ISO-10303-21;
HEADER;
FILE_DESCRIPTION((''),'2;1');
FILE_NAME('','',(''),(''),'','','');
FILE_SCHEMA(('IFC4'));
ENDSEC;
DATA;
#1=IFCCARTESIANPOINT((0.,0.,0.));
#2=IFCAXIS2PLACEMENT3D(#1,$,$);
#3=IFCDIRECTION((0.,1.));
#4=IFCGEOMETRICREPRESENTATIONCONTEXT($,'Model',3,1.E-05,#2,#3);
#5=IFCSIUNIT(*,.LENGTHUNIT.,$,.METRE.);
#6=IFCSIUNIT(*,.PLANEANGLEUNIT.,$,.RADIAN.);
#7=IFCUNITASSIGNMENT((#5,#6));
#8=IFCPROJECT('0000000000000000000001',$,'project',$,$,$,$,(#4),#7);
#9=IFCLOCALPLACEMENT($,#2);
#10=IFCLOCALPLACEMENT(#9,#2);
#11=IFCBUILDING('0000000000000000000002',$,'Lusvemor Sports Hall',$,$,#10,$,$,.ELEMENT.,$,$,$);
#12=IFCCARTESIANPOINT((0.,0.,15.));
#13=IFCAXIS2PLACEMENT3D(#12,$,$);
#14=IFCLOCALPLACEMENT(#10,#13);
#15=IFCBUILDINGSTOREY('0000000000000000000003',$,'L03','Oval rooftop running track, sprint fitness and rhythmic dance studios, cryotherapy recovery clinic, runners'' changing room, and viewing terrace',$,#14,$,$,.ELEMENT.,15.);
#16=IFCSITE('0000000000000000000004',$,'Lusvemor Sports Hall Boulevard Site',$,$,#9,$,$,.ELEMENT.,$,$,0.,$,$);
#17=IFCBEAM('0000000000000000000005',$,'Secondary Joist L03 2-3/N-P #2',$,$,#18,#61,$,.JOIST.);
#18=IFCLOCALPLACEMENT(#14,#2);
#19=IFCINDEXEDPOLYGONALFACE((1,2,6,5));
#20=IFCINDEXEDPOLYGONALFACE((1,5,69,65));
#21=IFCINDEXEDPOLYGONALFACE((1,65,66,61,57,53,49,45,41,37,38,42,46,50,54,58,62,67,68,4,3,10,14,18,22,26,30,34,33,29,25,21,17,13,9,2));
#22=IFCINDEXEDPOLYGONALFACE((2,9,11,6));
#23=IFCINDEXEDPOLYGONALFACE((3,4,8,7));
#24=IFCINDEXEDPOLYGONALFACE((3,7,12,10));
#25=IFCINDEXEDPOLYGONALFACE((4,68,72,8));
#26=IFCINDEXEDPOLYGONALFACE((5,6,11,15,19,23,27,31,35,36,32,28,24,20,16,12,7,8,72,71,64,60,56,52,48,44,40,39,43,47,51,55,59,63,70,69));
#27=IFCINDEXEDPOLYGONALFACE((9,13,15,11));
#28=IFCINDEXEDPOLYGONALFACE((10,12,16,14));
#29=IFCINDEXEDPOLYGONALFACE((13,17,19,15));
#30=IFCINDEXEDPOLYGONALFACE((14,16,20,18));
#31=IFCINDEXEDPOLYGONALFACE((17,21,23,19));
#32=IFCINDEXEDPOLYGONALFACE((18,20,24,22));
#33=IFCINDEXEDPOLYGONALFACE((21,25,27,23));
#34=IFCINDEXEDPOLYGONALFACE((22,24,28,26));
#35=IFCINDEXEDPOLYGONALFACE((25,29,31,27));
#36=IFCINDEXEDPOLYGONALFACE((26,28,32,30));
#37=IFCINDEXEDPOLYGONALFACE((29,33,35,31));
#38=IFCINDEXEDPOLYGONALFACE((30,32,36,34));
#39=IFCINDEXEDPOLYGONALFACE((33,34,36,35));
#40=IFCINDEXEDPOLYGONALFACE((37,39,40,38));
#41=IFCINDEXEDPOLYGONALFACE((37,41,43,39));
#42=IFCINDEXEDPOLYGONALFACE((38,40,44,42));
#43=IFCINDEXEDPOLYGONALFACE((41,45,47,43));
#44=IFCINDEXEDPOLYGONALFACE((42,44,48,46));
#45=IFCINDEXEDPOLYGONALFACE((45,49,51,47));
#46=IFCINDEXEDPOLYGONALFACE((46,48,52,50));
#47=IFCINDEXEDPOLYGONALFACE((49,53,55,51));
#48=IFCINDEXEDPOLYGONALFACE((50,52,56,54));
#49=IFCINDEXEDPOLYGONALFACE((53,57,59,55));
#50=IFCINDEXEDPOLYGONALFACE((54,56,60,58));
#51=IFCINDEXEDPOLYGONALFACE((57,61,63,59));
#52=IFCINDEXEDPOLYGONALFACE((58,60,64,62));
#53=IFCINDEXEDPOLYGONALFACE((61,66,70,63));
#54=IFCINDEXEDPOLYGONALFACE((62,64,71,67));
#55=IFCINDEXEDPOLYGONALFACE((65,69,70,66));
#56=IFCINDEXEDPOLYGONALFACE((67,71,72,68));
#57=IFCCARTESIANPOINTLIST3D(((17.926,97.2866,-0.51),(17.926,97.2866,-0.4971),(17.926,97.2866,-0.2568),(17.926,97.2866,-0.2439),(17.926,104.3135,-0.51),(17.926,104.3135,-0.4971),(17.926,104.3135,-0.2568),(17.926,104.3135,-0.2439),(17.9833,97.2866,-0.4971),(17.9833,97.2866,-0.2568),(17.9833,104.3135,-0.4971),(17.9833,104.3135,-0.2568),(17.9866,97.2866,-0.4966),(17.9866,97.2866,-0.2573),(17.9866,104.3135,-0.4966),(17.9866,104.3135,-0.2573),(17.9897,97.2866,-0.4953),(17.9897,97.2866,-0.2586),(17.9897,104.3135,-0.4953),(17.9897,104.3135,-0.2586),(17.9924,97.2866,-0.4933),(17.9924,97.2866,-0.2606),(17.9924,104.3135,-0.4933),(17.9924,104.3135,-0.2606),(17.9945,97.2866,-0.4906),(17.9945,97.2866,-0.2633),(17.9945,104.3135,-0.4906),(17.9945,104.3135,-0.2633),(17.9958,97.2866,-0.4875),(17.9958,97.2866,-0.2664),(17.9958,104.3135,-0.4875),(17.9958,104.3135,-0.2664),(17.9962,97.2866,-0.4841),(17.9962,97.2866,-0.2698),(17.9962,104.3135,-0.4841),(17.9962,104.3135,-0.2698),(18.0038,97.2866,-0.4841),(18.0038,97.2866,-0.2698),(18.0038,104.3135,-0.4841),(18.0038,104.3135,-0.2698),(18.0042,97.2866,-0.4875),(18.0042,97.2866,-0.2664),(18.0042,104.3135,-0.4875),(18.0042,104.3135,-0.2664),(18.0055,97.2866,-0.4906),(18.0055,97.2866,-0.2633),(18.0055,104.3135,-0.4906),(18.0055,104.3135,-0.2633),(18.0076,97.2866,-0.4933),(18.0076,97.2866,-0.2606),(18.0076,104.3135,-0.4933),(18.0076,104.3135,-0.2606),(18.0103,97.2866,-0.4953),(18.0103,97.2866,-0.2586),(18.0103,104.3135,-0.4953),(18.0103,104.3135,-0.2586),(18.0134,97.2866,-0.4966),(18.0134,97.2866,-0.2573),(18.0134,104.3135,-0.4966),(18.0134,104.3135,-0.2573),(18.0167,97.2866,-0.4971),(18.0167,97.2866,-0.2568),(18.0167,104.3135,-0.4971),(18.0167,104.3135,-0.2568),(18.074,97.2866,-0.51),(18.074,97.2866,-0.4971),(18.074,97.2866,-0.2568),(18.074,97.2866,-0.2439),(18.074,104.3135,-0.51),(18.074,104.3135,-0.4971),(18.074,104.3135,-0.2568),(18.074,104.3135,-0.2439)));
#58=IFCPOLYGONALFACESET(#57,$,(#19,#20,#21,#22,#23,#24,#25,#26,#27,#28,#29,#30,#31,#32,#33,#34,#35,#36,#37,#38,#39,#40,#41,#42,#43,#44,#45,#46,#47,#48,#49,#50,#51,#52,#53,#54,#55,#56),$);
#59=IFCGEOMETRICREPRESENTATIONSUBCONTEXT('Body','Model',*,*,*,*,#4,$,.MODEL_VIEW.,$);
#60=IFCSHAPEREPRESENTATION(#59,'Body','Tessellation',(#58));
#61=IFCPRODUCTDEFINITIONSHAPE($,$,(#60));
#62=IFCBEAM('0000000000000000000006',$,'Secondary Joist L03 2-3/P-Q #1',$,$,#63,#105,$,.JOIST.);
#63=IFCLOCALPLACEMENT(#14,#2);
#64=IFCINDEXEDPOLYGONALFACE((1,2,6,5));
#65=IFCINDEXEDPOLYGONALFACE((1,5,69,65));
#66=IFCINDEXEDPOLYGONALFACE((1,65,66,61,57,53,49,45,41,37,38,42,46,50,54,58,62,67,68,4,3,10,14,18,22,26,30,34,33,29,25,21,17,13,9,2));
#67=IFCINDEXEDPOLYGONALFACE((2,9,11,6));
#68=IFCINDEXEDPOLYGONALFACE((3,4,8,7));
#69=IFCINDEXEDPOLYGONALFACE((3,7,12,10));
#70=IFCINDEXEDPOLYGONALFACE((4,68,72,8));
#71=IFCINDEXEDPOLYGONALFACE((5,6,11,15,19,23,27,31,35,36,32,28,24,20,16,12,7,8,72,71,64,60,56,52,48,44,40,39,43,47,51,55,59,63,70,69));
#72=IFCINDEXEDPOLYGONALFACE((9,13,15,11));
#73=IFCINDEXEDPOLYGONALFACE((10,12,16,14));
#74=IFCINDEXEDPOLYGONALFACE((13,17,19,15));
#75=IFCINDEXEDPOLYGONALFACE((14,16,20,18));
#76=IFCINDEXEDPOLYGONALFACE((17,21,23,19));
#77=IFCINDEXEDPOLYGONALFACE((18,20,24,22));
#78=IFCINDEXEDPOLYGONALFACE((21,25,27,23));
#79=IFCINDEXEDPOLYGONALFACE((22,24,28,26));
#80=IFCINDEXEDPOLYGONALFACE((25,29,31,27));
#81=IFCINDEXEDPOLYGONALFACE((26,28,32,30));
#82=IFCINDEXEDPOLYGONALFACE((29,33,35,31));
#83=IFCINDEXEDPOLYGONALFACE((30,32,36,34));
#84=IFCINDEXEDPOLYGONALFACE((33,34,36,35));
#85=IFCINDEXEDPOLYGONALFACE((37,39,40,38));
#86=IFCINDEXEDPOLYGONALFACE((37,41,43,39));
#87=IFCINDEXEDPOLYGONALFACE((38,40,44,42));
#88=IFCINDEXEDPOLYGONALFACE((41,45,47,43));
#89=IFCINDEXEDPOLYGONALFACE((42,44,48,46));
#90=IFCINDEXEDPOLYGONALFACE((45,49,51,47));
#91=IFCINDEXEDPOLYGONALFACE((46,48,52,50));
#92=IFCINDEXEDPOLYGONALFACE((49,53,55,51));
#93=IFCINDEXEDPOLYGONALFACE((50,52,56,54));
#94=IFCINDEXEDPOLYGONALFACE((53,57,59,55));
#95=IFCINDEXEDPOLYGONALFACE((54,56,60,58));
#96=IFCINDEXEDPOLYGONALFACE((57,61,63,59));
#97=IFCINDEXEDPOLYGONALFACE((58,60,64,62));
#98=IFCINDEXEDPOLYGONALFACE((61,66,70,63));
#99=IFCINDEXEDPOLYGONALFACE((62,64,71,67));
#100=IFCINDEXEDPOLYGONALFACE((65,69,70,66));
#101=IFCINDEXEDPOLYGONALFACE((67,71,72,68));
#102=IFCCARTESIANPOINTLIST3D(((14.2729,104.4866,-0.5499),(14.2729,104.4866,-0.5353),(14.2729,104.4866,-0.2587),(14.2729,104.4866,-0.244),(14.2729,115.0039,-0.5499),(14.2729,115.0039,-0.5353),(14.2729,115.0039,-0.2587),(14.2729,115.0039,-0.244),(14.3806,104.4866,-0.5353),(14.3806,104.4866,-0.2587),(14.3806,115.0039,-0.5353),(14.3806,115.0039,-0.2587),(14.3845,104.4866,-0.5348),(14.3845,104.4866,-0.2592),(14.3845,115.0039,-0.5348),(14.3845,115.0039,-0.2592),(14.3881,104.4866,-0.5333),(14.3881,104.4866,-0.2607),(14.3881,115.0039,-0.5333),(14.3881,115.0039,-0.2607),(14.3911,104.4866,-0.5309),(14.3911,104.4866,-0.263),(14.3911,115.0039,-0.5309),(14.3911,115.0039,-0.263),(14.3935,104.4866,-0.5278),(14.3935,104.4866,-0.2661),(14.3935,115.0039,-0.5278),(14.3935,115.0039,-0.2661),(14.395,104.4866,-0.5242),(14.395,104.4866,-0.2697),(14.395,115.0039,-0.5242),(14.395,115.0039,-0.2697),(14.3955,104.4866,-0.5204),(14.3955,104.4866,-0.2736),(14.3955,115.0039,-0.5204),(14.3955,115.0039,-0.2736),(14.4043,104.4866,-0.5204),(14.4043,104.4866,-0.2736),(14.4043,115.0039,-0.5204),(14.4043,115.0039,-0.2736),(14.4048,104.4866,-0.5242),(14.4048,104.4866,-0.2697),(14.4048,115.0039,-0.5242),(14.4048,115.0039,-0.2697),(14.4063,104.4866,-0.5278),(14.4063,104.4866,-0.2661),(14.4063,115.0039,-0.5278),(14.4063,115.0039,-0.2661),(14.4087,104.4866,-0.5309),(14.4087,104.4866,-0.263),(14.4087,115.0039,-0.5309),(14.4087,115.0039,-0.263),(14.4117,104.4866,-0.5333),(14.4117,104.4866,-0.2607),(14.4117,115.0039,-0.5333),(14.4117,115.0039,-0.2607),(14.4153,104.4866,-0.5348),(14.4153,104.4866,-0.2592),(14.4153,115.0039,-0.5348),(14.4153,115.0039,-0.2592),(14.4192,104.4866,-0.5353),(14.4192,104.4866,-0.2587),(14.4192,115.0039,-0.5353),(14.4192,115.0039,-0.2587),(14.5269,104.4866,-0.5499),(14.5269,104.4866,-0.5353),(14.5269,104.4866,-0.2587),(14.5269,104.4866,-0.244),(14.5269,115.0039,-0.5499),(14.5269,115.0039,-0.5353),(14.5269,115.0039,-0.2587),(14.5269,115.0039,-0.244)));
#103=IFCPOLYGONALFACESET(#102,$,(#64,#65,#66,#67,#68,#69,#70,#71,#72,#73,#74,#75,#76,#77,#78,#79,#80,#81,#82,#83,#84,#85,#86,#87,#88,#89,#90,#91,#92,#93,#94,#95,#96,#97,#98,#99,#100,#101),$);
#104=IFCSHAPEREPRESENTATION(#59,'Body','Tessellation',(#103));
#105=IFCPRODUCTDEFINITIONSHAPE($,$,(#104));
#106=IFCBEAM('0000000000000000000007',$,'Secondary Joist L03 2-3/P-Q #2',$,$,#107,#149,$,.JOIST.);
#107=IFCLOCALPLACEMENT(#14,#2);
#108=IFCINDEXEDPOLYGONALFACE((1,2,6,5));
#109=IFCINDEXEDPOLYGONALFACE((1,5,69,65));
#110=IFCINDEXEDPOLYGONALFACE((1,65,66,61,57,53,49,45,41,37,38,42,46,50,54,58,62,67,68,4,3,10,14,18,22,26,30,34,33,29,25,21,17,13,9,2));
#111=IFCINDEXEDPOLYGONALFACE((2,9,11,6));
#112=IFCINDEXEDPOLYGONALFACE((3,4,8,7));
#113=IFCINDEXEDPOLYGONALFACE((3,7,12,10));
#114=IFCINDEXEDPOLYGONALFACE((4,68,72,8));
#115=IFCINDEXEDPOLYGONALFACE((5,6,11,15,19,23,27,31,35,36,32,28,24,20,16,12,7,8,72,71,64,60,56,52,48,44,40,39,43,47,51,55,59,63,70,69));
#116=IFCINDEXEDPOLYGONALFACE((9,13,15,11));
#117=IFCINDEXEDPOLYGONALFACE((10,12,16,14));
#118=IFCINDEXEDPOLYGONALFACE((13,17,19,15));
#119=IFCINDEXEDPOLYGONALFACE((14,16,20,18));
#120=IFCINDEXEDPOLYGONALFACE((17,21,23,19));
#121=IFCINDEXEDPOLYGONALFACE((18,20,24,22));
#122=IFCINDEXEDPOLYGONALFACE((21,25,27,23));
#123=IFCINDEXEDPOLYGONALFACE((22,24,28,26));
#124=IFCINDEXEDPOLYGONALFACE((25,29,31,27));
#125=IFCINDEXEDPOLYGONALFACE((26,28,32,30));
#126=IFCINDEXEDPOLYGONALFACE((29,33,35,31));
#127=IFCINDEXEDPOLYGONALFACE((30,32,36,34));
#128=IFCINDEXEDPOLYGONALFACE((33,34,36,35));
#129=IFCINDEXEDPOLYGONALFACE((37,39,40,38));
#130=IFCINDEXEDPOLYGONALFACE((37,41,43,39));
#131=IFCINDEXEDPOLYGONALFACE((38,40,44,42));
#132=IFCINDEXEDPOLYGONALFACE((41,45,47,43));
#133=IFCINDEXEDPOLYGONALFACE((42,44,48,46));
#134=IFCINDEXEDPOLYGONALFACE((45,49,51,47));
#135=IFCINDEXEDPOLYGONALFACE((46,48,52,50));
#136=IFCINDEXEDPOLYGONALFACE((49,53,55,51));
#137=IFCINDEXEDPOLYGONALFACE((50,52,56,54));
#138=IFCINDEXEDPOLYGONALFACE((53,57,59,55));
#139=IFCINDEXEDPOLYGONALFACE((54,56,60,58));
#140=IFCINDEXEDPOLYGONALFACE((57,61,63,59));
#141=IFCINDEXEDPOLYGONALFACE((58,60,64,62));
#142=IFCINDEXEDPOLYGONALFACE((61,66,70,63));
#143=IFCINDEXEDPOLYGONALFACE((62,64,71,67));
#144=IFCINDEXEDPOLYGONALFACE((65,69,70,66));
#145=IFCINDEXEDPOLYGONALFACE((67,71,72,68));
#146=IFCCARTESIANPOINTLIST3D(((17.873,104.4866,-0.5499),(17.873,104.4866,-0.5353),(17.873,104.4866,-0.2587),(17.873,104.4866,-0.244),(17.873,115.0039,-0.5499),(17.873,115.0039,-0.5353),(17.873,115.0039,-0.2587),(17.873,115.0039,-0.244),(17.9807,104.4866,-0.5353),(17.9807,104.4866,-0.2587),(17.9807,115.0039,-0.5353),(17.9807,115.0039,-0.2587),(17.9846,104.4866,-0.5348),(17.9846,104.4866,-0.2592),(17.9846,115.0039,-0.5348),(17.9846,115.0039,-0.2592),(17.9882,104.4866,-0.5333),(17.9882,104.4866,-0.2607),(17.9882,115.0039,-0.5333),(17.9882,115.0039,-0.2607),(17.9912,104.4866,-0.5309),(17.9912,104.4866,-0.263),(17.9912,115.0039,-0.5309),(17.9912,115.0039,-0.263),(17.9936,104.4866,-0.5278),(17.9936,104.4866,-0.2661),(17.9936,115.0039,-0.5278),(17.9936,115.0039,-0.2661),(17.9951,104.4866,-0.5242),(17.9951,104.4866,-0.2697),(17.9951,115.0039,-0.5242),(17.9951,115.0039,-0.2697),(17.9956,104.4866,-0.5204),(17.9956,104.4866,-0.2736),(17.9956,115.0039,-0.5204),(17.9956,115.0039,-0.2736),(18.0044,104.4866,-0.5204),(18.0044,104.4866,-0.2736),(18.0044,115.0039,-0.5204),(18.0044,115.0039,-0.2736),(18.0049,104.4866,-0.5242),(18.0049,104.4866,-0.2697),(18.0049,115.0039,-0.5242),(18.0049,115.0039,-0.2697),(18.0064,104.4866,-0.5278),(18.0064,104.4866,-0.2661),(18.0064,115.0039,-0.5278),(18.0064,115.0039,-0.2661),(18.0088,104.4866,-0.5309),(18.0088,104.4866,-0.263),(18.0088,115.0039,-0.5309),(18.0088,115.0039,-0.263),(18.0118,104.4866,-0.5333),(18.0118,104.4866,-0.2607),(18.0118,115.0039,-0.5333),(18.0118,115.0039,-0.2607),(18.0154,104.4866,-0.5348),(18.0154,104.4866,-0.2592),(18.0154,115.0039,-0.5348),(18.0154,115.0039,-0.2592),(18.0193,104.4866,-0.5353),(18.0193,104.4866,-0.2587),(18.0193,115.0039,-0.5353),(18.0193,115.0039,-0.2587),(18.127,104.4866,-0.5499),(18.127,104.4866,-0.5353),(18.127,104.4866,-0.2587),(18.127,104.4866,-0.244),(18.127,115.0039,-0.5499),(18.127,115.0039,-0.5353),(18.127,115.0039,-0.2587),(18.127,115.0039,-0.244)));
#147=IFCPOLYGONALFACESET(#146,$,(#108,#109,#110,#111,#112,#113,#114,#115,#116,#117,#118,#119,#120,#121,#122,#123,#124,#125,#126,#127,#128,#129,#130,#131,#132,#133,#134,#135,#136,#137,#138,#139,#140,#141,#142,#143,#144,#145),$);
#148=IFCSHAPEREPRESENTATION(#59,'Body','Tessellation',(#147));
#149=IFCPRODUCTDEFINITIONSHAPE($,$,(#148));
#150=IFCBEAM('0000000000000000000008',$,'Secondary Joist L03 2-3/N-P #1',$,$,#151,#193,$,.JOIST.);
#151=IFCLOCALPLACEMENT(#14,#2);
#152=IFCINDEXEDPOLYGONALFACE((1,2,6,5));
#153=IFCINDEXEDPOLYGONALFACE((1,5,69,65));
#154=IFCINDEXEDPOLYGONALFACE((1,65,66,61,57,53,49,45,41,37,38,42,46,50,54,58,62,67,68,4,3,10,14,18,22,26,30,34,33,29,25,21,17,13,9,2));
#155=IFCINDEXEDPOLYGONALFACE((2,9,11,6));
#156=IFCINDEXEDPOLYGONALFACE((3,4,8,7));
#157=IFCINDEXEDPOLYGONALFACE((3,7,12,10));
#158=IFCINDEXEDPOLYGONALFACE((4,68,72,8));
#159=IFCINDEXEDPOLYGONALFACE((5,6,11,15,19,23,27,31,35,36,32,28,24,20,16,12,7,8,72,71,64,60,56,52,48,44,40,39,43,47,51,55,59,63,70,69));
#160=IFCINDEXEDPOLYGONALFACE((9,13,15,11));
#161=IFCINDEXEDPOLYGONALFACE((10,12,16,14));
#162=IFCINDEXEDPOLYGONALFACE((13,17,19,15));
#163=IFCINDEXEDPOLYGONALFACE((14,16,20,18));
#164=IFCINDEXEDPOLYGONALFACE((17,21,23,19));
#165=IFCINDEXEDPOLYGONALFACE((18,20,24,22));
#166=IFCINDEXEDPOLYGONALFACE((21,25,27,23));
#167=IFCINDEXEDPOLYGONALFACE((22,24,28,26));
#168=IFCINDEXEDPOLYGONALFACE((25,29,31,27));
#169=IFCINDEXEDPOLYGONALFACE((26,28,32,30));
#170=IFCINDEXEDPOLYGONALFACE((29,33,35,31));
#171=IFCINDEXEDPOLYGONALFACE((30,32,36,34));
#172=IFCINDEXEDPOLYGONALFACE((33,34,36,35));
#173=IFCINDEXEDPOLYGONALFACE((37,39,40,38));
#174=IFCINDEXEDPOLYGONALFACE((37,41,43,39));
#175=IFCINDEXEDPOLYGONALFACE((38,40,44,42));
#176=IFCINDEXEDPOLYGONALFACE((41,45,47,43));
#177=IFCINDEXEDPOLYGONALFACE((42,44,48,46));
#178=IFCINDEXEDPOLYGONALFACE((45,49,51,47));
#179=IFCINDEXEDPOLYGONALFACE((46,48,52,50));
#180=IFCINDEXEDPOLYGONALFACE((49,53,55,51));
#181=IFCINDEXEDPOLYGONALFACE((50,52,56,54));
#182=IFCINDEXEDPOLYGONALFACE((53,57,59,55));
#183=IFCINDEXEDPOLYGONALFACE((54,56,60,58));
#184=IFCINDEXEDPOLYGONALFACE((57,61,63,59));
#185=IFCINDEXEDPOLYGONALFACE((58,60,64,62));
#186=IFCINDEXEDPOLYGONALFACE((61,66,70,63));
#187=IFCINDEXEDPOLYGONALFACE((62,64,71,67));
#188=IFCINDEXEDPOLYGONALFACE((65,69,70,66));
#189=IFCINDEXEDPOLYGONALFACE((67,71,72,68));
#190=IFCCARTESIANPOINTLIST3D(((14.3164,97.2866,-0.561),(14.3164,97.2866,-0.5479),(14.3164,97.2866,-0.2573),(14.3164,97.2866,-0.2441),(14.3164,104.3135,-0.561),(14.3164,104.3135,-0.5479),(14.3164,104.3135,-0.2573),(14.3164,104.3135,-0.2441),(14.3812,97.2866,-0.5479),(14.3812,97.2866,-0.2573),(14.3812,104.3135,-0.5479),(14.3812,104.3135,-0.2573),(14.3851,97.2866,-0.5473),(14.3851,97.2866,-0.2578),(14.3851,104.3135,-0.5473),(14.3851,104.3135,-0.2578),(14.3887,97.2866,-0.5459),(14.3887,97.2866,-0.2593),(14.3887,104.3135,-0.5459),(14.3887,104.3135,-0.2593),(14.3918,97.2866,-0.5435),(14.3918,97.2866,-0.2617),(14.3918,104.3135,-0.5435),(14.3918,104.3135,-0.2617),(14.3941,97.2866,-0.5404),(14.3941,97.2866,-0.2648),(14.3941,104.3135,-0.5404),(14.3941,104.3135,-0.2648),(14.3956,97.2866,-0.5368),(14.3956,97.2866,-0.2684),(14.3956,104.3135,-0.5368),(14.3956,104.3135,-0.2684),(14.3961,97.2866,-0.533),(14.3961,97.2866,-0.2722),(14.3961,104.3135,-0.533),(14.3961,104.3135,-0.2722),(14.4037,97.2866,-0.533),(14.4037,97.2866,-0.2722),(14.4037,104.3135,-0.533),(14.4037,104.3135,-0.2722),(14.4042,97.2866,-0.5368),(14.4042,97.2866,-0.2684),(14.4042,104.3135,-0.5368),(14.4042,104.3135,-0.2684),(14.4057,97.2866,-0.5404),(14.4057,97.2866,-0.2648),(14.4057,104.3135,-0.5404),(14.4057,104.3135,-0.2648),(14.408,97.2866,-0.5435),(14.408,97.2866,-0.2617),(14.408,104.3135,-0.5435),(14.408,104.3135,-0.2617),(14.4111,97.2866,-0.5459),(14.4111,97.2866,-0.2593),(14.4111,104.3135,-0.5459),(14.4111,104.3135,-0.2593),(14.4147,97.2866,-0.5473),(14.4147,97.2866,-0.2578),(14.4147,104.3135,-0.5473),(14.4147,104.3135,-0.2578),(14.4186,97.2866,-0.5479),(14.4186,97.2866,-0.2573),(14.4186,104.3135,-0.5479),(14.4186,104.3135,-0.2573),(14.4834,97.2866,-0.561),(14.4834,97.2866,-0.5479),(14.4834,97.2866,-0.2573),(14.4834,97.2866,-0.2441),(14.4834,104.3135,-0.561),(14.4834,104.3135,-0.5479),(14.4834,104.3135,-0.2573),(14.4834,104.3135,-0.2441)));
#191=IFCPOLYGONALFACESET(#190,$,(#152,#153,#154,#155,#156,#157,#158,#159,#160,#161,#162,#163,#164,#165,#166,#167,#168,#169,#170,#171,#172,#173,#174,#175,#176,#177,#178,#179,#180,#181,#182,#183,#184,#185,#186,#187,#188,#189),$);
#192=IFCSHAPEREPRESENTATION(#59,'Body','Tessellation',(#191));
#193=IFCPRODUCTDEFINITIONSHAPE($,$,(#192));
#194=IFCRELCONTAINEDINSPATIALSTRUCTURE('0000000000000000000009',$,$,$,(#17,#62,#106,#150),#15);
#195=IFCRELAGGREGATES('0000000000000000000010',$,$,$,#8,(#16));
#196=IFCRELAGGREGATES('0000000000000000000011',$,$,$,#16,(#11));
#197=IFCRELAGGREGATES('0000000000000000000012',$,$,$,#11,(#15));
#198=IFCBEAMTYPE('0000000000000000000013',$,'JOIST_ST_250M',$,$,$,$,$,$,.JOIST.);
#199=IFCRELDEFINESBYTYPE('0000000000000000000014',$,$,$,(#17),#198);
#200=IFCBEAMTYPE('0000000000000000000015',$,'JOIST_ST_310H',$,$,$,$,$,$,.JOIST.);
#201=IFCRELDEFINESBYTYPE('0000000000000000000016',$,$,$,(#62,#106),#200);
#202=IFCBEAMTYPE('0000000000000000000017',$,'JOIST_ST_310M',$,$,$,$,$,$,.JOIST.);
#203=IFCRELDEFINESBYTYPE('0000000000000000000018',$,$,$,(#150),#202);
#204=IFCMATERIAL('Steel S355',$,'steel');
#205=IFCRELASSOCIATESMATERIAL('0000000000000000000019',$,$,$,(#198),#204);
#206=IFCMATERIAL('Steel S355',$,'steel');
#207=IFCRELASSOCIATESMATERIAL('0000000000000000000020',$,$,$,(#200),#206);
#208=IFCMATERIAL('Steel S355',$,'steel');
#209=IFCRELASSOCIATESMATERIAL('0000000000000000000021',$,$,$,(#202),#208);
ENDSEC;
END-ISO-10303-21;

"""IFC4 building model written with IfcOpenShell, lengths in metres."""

from ifc_helpers import new_model, si_unit, direction, frame, origin, origin_2d, place, context, subcontext, project, spatial, i_section, extrude, material, material_profile, profile_set, type_object, element, save


model = new_model("IFC4")

# Units and contexts
model_context = context("Model", 3, precision=1e-05, world=origin(), true_north=direction((0.0, 1.0)))
body_context = subcontext(model_context, "Body", "Model", "MODEL_VIEW")
ifc_project = project(units=[si_unit("LENGTHUNIT", "METRE"), si_unit("PLANEANGLEUNIT", "RADIAN")], contexts=[model_context])

# Site, building, storey
site_placement = place(None, origin())
site = spatial("IfcSite", under=ifc_project, at=site_placement, Name="Lusvemor Sports Hall Boulevard Site", CompositionType="ELEMENT", RefElevation=0.0)
building_placement = place(site_placement, origin())
building = spatial("IfcBuilding", under=site, at=building_placement, Name="Lusvemor Sports Hall", CompositionType="ELEMENT")
storey_placement = place(building_placement, frame((0.0, 0.0, 15.0)))
storey = spatial("IfcBuildingStorey", under=building, at=storey_placement, Name="L03", Description="Oval rooftop running track, sprint fitness and rhythmic dance studios, cryotherapy recovery clinic, runners' changing room, and viewing terrace", CompositionType="ELEMENT", Elevation=15.0)

# Beams
ifc_material_1 = material(Name="Steel S355", Category="steel")
ifc_material_profile_1 = material_profile(ifc_material_1, i_section(OverallWidth=0.1479, OverallDepth=0.2661, WebThickness=0.0076, FlangeThickness=0.0129, FilletRadius=0.0129, at=origin_2d()), Name="W250x44.8")
ifc_profile_set_1 = profile_set([ifc_material_profile_1], Name="Steel S355")
beam_type_1 = type_object("IfcBeamType", Name="JOIST_ST_250M", PredefinedType="JOIST", material=ifc_profile_set_1)
beam_1_placement = place(storey_placement, frame((18.0, 97.2866, -0.377), z_axis=(0.0, 1.0, 0.0), x_axis=(-1.0, 0.0, 0.0)))
element("IfcBeam", 1, at=beam_1_placement, inside=storey, type_object=beam_type_1, Name="Secondary Joist L03 2-3/N-P #2", PredefinedType="JOIST", context=body_context, shape_type="SweptSolid", body=[
    extrude(i_section(OverallWidth=0.1479, OverallDepth=0.2661, WebThickness=0.0076, FlangeThickness=0.0129, FilletRadius=0.0129, at=origin_2d()), origin(), (0.0, 0.0, 1.0), 7.0269),
])
ifc_material_2 = material(Name="Steel S355", Category="steel")
ifc_material_profile_2 = material_profile(ifc_material_2, i_section(OverallWidth=0.2539, OverallDepth=0.3059, WebThickness=0.0088, FlangeThickness=0.0146, FilletRadius=0.0149, at=origin_2d()), Name="W310x79.0")
ifc_profile_set_2 = profile_set([ifc_material_profile_2], Name="Steel S355")
beam_type_2 = type_object("IfcBeamType", Name="JOIST_ST_310H", PredefinedType="JOIST", material=ifc_profile_set_2)
for number, where, z_axis, x_axis, name in (
    (2, (14.3999, 104.4866, -0.397), (0.0, 1.0, 0.0), (-1.0, 0.0, 0.0), "Secondary Joist L03 2-3/P-Q #1"),
    (3, (18.0, 104.4866, -0.397), (0.0, 1.0, 0.0), (-1.0, 0.0, 0.0), "Secondary Joist L03 2-3/P-Q #2"),
):
    element("IfcBeam", number, at=place(storey_placement, frame(where, z_axis=z_axis, x_axis=x_axis)), inside=storey, type_object=beam_type_2, Name=name, PredefinedType="JOIST", context=body_context, shape_type="SweptSolid", body=[
        extrude(i_section(OverallWidth=0.2539, OverallDepth=0.3059, WebThickness=0.0088, FlangeThickness=0.0146, FilletRadius=0.0149, at=origin_2d()), origin(), (0.0, 0.0, 1.0), 10.5173),
    ])
ifc_material_3 = material(Name="Steel S355", Category="steel")
ifc_material_profile_3 = material_profile(ifc_material_3, i_section(OverallWidth=0.167, OverallDepth=0.3169, WebThickness=0.0076, FlangeThickness=0.0132, FilletRadius=0.0149, at=origin_2d()), Name="W310x52.0")
ifc_profile_set_3 = profile_set([ifc_material_profile_3], Name="Steel S355")
beam_type_3 = type_object("IfcBeamType", Name="JOIST_ST_310M", PredefinedType="JOIST", material=ifc_profile_set_3)
beam_2_placement = place(storey_placement, frame((14.3999, 97.2866, -0.4026), z_axis=(0.0, 1.0, 0.0), x_axis=(-1.0, 0.0, 0.0)))
element("IfcBeam", 4, at=beam_2_placement, inside=storey, type_object=beam_type_3, Name="Secondary Joist L03 2-3/N-P #1", PredefinedType="JOIST", context=body_context, shape_type="SweptSolid", body=[
    extrude(i_section(OverallWidth=0.167, OverallDepth=0.3169, WebThickness=0.0076, FlangeThickness=0.0132, FilletRadius=0.0149, at=origin_2d()), origin(), (0.0, 0.0, 1.0), 7.0269),
])

save(model, "model.ifc")
